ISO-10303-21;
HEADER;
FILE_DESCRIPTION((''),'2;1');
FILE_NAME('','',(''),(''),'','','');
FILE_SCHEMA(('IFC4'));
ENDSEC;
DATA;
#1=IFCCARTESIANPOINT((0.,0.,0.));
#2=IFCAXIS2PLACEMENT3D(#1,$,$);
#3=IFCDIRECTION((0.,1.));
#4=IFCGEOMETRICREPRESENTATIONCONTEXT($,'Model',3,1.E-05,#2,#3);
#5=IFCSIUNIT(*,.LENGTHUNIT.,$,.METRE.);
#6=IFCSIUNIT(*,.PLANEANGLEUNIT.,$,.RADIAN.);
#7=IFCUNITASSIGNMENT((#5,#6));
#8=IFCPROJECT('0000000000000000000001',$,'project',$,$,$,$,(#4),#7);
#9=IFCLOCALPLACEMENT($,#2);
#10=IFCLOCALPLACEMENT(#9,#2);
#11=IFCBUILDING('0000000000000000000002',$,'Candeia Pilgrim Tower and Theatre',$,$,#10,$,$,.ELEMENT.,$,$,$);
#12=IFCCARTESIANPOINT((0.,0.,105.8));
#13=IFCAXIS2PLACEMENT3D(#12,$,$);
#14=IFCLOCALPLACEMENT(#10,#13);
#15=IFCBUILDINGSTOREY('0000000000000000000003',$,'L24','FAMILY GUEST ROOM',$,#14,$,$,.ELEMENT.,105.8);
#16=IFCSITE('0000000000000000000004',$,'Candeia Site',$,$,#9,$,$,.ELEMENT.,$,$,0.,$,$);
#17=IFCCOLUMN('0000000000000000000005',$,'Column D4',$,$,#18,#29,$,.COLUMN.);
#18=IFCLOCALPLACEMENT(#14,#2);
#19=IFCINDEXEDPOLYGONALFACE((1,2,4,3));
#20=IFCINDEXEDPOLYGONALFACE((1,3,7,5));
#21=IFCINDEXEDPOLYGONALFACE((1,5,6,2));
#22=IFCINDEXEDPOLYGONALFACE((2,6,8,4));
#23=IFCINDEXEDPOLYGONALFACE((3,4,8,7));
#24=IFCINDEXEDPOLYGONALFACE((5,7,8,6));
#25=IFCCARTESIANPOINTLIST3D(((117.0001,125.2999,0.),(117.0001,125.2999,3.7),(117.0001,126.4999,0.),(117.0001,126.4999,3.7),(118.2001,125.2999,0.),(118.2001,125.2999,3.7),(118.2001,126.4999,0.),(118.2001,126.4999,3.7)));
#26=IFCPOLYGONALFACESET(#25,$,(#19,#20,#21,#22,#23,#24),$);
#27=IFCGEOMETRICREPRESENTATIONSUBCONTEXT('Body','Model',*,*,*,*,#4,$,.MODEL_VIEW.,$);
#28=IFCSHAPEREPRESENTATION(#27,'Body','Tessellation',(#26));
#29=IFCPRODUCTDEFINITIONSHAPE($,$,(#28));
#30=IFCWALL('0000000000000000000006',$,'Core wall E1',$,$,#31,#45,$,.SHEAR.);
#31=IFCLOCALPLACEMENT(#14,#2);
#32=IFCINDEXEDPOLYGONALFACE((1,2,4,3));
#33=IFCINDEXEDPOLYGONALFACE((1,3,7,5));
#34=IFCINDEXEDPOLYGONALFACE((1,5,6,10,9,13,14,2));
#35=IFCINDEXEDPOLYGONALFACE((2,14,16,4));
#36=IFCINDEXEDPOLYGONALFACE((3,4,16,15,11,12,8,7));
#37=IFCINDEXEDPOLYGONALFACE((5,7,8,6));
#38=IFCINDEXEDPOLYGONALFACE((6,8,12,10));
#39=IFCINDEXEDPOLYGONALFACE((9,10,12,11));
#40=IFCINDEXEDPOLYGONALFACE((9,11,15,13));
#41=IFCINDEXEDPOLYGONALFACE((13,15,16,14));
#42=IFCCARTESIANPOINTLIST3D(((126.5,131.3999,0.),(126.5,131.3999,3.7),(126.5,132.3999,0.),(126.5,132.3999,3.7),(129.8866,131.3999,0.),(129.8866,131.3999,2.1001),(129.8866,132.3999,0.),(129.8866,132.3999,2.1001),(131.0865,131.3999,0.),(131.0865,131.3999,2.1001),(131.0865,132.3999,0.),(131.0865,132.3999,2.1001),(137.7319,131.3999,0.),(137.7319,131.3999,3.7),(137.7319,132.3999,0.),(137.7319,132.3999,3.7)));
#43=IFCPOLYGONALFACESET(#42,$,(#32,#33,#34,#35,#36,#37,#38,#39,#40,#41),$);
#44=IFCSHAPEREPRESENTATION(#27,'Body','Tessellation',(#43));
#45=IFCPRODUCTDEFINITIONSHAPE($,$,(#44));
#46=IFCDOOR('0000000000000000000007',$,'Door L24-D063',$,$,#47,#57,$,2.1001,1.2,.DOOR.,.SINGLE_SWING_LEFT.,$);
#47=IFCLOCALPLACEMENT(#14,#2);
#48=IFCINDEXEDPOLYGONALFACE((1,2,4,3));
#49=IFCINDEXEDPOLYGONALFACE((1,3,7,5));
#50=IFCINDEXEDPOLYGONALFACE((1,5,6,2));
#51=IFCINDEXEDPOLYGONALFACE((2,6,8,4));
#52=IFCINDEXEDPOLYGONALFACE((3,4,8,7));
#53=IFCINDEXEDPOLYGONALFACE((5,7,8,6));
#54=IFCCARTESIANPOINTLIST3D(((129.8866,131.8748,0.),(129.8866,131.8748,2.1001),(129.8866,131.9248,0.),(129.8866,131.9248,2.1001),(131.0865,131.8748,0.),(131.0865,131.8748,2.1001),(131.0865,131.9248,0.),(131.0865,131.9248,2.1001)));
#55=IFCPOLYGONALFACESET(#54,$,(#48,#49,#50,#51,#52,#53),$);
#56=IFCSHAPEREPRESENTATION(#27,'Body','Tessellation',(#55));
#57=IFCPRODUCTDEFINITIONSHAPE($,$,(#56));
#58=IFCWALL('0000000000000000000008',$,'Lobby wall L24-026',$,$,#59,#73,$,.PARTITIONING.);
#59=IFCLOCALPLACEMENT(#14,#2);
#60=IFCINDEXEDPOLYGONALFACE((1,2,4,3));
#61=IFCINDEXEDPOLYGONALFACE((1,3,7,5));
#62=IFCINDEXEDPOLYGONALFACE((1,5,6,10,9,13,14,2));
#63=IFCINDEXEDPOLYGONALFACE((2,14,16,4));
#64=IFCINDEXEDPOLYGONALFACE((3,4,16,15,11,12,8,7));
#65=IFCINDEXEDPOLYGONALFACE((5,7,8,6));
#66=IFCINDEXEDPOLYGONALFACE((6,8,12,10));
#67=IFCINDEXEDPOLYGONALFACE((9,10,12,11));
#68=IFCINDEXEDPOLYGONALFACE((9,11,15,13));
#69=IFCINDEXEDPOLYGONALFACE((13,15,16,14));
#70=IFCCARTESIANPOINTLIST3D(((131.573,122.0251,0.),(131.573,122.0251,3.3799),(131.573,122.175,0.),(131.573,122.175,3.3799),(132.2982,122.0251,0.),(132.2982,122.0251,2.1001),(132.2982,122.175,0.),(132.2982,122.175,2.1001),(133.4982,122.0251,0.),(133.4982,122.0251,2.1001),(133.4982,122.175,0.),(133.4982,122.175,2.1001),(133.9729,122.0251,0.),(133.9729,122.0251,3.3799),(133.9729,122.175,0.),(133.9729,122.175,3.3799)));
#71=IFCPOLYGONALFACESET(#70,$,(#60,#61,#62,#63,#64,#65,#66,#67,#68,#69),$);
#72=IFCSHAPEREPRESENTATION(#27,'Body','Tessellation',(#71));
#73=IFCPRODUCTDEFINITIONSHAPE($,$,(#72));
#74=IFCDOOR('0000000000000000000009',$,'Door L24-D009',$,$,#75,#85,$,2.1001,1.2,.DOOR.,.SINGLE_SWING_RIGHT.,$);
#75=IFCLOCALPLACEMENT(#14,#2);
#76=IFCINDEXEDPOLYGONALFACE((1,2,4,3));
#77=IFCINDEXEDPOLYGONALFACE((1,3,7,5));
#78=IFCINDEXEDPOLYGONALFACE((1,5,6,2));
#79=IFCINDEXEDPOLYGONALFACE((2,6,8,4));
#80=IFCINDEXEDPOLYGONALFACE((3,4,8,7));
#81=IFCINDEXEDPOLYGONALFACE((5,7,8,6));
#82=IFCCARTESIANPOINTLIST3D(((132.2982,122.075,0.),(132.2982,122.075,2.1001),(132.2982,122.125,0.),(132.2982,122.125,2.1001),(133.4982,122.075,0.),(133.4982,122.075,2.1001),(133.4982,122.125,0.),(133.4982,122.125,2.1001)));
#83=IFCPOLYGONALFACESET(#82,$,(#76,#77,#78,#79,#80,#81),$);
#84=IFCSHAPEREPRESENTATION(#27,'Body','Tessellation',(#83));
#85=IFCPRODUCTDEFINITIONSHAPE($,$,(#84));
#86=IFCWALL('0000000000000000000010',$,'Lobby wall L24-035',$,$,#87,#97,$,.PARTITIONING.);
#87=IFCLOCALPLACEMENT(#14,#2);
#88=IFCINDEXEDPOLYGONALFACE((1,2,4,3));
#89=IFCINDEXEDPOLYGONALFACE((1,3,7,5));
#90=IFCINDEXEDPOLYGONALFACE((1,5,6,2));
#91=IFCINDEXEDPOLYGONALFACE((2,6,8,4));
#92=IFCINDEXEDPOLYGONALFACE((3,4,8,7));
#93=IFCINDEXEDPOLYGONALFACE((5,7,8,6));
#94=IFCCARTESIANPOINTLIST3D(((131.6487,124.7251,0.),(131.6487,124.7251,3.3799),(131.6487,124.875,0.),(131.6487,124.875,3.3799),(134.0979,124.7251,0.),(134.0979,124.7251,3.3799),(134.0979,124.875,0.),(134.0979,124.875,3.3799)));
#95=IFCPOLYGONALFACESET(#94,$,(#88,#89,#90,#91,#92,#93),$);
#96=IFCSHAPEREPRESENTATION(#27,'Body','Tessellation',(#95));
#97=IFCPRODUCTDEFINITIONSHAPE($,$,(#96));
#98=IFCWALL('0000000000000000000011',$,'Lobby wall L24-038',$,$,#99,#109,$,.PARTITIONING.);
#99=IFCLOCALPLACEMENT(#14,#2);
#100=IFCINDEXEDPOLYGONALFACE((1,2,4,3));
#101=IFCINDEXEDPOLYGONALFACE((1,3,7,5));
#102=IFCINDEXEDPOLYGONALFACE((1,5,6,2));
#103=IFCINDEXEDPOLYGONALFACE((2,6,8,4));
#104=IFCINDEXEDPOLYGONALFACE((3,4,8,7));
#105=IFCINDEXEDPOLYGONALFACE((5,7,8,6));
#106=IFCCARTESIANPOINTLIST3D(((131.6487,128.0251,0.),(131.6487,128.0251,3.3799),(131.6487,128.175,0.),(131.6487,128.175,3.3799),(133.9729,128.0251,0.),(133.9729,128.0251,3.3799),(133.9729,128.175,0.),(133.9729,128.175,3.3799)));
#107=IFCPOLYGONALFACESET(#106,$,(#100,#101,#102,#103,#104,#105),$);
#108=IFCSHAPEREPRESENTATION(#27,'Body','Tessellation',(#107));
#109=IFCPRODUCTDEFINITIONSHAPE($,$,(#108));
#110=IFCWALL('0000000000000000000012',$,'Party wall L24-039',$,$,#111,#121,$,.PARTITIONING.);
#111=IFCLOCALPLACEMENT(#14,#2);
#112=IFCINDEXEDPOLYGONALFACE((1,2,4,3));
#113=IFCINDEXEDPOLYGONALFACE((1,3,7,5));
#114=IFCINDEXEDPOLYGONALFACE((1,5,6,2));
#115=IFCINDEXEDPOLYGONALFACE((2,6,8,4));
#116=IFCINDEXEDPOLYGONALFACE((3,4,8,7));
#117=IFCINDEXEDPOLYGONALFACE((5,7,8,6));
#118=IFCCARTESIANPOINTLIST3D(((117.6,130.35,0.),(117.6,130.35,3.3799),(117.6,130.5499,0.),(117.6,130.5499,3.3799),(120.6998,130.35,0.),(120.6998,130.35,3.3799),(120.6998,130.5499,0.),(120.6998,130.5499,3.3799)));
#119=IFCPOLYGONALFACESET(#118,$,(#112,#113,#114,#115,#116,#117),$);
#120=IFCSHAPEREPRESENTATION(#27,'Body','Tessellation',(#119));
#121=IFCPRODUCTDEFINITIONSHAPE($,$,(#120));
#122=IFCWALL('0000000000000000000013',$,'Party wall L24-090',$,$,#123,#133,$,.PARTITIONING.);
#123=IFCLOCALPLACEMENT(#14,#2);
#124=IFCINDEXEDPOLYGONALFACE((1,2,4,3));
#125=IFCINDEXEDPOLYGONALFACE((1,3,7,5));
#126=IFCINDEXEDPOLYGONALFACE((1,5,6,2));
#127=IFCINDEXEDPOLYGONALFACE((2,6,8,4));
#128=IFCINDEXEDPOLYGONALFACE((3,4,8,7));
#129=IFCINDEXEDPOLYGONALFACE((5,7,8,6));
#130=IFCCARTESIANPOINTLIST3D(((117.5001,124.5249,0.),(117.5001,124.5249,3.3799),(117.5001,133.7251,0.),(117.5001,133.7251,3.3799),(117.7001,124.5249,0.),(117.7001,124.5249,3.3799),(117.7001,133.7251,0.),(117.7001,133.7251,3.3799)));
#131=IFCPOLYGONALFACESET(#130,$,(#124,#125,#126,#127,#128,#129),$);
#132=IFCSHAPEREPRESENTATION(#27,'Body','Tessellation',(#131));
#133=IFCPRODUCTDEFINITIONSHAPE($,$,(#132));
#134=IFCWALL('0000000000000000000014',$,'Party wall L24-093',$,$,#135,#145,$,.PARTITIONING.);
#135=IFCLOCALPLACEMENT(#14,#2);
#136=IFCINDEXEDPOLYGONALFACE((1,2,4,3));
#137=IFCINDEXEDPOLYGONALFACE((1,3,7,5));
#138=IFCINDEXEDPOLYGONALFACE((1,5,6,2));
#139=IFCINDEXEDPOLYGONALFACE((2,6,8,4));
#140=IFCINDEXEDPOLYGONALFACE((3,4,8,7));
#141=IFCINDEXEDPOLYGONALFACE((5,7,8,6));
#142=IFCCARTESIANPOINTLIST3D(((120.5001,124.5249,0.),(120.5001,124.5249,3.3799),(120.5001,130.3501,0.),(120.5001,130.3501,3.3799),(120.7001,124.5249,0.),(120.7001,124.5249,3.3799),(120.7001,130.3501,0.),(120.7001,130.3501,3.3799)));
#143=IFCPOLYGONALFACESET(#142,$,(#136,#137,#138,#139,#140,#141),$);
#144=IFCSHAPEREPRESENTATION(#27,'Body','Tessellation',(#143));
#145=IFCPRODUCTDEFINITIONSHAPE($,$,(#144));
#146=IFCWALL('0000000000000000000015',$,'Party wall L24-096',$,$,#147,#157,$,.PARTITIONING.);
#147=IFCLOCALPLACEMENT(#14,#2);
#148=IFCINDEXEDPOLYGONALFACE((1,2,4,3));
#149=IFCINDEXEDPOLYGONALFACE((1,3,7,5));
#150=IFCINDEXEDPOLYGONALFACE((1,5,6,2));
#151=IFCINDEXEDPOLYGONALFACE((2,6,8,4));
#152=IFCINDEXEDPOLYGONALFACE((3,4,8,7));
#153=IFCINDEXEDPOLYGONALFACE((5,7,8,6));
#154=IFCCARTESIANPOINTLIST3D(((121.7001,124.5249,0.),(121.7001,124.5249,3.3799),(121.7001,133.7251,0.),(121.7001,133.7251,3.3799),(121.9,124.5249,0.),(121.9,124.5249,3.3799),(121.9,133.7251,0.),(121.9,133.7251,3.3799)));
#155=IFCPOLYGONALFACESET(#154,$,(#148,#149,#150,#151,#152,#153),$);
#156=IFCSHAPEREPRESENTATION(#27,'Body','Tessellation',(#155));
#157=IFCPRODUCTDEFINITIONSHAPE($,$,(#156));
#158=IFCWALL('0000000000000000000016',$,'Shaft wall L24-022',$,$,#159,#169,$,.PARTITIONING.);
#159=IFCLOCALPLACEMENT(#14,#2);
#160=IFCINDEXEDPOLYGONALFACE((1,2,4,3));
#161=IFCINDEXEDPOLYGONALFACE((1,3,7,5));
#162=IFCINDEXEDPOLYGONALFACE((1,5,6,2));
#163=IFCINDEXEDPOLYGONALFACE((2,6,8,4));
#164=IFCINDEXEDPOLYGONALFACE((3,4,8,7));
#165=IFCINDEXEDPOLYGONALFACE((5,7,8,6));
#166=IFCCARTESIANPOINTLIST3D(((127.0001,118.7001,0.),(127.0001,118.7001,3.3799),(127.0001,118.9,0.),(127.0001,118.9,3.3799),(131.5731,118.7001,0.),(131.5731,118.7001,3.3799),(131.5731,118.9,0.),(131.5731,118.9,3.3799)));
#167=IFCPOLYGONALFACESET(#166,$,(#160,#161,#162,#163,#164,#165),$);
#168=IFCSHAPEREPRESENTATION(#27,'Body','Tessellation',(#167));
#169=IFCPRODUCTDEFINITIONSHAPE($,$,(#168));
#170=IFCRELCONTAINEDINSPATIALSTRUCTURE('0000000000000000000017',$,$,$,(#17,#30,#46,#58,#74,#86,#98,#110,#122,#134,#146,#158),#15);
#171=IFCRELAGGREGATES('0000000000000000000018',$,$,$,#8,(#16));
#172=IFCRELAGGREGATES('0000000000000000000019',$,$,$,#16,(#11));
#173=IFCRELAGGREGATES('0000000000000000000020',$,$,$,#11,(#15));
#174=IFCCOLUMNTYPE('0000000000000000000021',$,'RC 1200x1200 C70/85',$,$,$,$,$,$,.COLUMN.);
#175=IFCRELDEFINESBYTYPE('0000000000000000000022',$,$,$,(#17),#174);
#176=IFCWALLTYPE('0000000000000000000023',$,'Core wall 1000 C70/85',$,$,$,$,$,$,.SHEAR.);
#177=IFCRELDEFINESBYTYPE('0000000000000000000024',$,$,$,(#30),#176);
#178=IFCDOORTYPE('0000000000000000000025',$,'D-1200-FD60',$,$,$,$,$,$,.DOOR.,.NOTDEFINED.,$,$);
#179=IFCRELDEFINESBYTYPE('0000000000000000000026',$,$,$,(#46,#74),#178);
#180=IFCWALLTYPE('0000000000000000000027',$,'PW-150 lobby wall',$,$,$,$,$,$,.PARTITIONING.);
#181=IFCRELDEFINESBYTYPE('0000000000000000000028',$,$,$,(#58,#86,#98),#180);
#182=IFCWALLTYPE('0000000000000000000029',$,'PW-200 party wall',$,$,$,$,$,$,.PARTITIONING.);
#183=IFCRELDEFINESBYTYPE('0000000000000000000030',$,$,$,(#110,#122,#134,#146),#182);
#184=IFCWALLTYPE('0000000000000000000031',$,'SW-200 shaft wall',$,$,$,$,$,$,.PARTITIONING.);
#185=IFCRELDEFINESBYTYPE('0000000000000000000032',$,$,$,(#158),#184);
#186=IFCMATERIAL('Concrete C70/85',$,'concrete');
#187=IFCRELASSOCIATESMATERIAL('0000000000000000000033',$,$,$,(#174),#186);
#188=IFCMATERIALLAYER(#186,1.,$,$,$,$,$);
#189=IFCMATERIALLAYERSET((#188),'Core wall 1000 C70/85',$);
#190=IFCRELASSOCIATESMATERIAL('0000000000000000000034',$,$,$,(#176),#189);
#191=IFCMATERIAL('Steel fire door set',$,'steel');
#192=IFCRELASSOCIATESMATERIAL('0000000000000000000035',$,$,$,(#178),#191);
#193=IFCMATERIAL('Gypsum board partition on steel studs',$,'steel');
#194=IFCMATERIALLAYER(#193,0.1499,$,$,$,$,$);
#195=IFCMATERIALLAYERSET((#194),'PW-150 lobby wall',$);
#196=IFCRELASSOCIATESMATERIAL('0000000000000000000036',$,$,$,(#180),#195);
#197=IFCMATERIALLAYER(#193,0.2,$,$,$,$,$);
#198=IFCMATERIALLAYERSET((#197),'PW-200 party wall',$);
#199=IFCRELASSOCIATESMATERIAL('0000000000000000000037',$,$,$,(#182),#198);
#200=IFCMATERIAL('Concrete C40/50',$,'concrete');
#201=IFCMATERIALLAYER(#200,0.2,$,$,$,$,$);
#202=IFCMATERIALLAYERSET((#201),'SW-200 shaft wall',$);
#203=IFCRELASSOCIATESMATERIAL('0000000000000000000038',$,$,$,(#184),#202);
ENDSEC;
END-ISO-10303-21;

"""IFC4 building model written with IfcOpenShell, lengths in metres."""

from ifc_helpers import new_model, si_unit, direction, frame, frame_2d, origin, origin_2d, place, context, subcontext, project, spatial, rectangle, extrude, material, layer, layer_set, material_profile, profile_set, type_object, element, fill, save


model = new_model("IFC4")

# Units and contexts
model_context = context("Model", 3, precision=1e-05, world=origin(), true_north=direction((0.0, 1.0)))
body_context = subcontext(model_context, "Body", "Model", "MODEL_VIEW")
ifc_project = project(units=[si_unit("LENGTHUNIT", "METRE"), si_unit("PLANEANGLEUNIT", "RADIAN")], contexts=[model_context])

# Site, building, storey
site_placement = place(None, origin())
site = spatial("IfcSite", under=ifc_project, at=site_placement, Name="Candeia Site", CompositionType="ELEMENT", RefElevation=0.0)
building_placement = place(site_placement, origin())
building = spatial("IfcBuilding", under=site, at=building_placement, Name="Candeia Pilgrim Tower and Theatre", CompositionType="ELEMENT")
storey_placement = place(building_placement, frame((0.0, 0.0, 105.8)))
storey = spatial("IfcBuildingStorey", under=building, at=storey_placement, Name="L24", Description="FAMILY GUEST ROOM", CompositionType="ELEMENT", Elevation=105.8)

# Column
ifc_material_1 = material(Name="Concrete C70/85", Category="concrete")
ifc_material_profile = material_profile(ifc_material_1, rectangle(XDim=1.2, YDim=1.2, at=origin_2d()))
ifc_profile_set = profile_set([ifc_material_profile], Name="Concrete C70/85")
column_type = type_object("IfcColumnType", Name="RC 1200x1200 C70/85", PredefinedType="COLUMN", material=ifc_profile_set)
column_placement = place(storey_placement, frame((117.6001, 125.8999, 0.0), z_axis=(0.0, 0.0, 1.0), x_axis=(1.0, 0.0, 0.0)))
element("IfcColumn", 1, at=column_placement, inside=storey, type_object=column_type, Name="Column D4", PredefinedType="COLUMN", context=body_context, shape_type="SweptSolid", body=[
    extrude(rectangle(XDim=1.2, YDim=1.2, at=origin_2d()), origin(), (0.0, 0.0, 1.0), 3.7),
])

# Walls, openings, doors
ifc_layer_1 = layer(ifc_material_1, 1.0)
ifc_layer_set_1 = layer_set([ifc_layer_1], Name="Core wall 1000 C70/85")
wall_type_1 = type_object("IfcWallType", Name="Core wall 1000 C70/85", PredefinedType="SHEAR", material=ifc_layer_set_1)
wall_1_placement = place(storey_placement, frame((126.5, 131.8999, 0.0), z_axis=(0.0, 0.0, 1.0), x_axis=(1.0, 0.0, 0.0)))
wall_1 = element("IfcWall", 2, at=wall_1_placement, inside=storey, type_object=wall_type_1, Name="Core wall E1", PredefinedType="SHEAR", context=body_context, shape_type="SweptSolid", body=[
    extrude(rectangle(XDim=11.2319, YDim=1.0, at=frame_2d((5.616, 0.0))), origin(), (0.0, 0.0, 1.0), 3.7),
])
opening_1_placement = place(wall_1_placement, frame((3.3865, 0.0, 0.0)))
opening_1 = element("IfcOpeningElement", 3, at=opening_1_placement, cuts=wall_1, PredefinedType="OPENING", context=body_context, shape_type="SweptSolid", body=[
    extrude(rectangle(XDim=1.2, YDim=2.1001, at=frame_2d((0.6001, 1.05))), frame((0.0, 0.51, 0.0), z_axis=(0.0, -1.0, 0.0), x_axis=(1.0, 0.0, 0.0)), (0.0, 0.0, 1.0), 1.02),
])
ifc_material_2 = material(Name="Steel fire door set", Category="steel")
door_type_1 = type_object("IfcDoorType", Name="D-1200-FD60", OperationType="NOTDEFINED", PredefinedType="DOOR", material=ifc_material_2)
door_1_placement = place(opening_1_placement, origin())
door_1 = element("IfcDoor", 4, at=door_1_placement, inside=storey, type_object=door_type_1, Name="Door L24-D063", OperationType="SINGLE_SWING_LEFT", OverallHeight=2.1001, OverallWidth=1.2, PredefinedType="DOOR", context=body_context, shape_type="SweptSolid", body=[
    extrude(rectangle(XDim=1.2, YDim=2.1001, at=frame_2d((0.6001, 1.05))), frame((0.0, 0.0249, 0.0), z_axis=(0.0, -1.0, 0.0), x_axis=(1.0, 0.0, 0.0)), (0.0, 0.0, 1.0), 0.05),
])
fill(opening_1, door_1)
ifc_material_3 = material(Name="Gypsum board partition on steel studs", Category="steel")
ifc_layer_2 = layer(ifc_material_3, 0.1499)
ifc_layer_set_2 = layer_set([ifc_layer_2], Name="PW-150 lobby wall")
wall_type_2 = type_object("IfcWallType", Name="PW-150 lobby wall", PredefinedType="PARTITIONING", material=ifc_layer_set_2)
wall_2_placement = place(storey_placement, frame((131.573, 122.1001, 0.0), z_axis=(0.0, 0.0, 1.0), x_axis=(1.0, 0.0, 0.0)))
wall_2 = element("IfcWall", 5, at=wall_2_placement, inside=storey, type_object=wall_type_2, Name="Lobby wall L24-026", PredefinedType="PARTITIONING", context=body_context, shape_type="SweptSolid", body=[
    extrude(rectangle(XDim=2.3999, YDim=0.1499, at=frame_2d((1.2, 0.0))), origin(), (0.0, 0.0, 1.0), 3.3799),
])
opening_2_placement = place(wall_2_placement, frame((0.7251, 0.0, 0.0)))
opening_2 = element("IfcOpeningElement", 6, at=opening_2_placement, cuts=wall_2, PredefinedType="OPENING", context=body_context, shape_type="SweptSolid", body=[
    extrude(rectangle(XDim=1.2, YDim=2.1001, at=frame_2d((0.6001, 1.05))), frame((0.0, 0.085, 0.0), z_axis=(0.0, -1.0, 0.0), x_axis=(1.0, 0.0, 0.0)), (0.0, 0.0, 1.0), 0.1699),
])
door_2_placement = place(opening_2_placement, origin())
door_2 = element("IfcDoor", 7, at=door_2_placement, inside=storey, type_object=door_type_1, Name="Door L24-D009", OperationType="SINGLE_SWING_RIGHT", OverallHeight=2.1001, OverallWidth=1.2, PredefinedType="DOOR", context=body_context, shape_type="SweptSolid", body=[
    extrude(rectangle(XDim=1.2, YDim=2.1001, at=frame_2d((0.6001, 1.05))), frame((0.0, 0.0249, 0.0), z_axis=(0.0, -1.0, 0.0), x_axis=(1.0, 0.0, 0.0)), (0.0, 0.0, 1.0), 0.05),
])
fill(opening_2, door_2)

# Walls
wall_3_placement = place(storey_placement, frame((131.6487, 124.8, 0.0), z_axis=(0.0, 0.0, 1.0), x_axis=(1.0, 0.0, 0.0)))
element("IfcWall", 8, at=wall_3_placement, inside=storey, type_object=wall_type_2, Name="Lobby wall L24-035", PredefinedType="PARTITIONING", context=body_context, shape_type="SweptSolid", body=[
    extrude(rectangle(XDim=2.4492, YDim=0.1499, at=frame_2d((1.2246, 0.0))), origin(), (0.0, 0.0, 1.0), 3.3799),
])
wall_4_placement = place(storey_placement, frame((131.6487, 128.1001, 0.0), z_axis=(0.0, 0.0, 1.0), x_axis=(1.0, 0.0, 0.0)))
element("IfcWall", 9, at=wall_4_placement, inside=storey, type_object=wall_type_2, Name="Lobby wall L24-038", PredefinedType="PARTITIONING", context=body_context, shape_type="SweptSolid", body=[
    extrude(rectangle(XDim=2.3242, YDim=0.1499, at=frame_2d((1.1621, 0.0))), origin(), (0.0, 0.0, 1.0), 3.3799),
])
ifc_layer_3 = layer(ifc_material_3, 0.2)
ifc_layer_set_3 = layer_set([ifc_layer_3], Name="PW-200 party wall")
wall_type_3 = type_object("IfcWallType", Name="PW-200 party wall", PredefinedType="PARTITIONING", material=ifc_layer_set_3)
wall_5_placement = place(storey_placement, frame((117.6001, 130.45, 0.0), z_axis=(0.0, 0.0, 1.0), x_axis=(1.0, 0.0, 0.0)))
element("IfcWall", 10, at=wall_5_placement, inside=storey, type_object=wall_type_3, Name="Party wall L24-039", PredefinedType="PARTITIONING", context=body_context, shape_type="SweptSolid", body=[
    extrude(rectangle(XDim=3.0999, YDim=0.2, at=frame_2d((1.5498, 0.0))), origin(), (0.0, 0.0, 1.0), 3.3799),
])
wall_6_placement = place(storey_placement, frame((117.6001, 124.5249, 0.0), z_axis=(0.0, 0.0, 1.0), x_axis=(0.0, 1.0, 0.0)))
element("IfcWall", 11, at=wall_6_placement, inside=storey, type_object=wall_type_3, Name="Party wall L24-090", PredefinedType="PARTITIONING", context=body_context, shape_type="SweptSolid", body=[
    extrude(rectangle(XDim=9.2002, YDim=0.2, at=frame_2d((4.6001, 0.0))), origin(), (0.0, 0.0, 1.0), 3.3799),
])
wall_7_placement = place(storey_placement, frame((120.6001, 124.5249, 0.0), z_axis=(0.0, 0.0, 1.0), x_axis=(0.0, 1.0, 0.0)))
element("IfcWall", 12, at=wall_7_placement, inside=storey, type_object=wall_type_3, Name="Party wall L24-093", PredefinedType="PARTITIONING", context=body_context, shape_type="SweptSolid", body=[
    extrude(rectangle(XDim=5.8252, YDim=0.2, at=frame_2d((2.9126, 0.0))), origin(), (0.0, 0.0, 1.0), 3.3799),
])
wall_8_placement = place(storey_placement, frame((121.8, 124.5249, 0.0), z_axis=(0.0, 0.0, 1.0), x_axis=(0.0, 1.0, 0.0)))
element("IfcWall", 13, at=wall_8_placement, inside=storey, type_object=wall_type_3, Name="Party wall L24-096", PredefinedType="PARTITIONING", context=body_context, shape_type="SweptSolid", body=[
    extrude(rectangle(XDim=9.2002, YDim=0.2, at=frame_2d((4.6001, 0.0))), origin(), (0.0, 0.0, 1.0), 3.3799),
])
ifc_material_4 = material(Name="Concrete C40/50", Category="concrete")
ifc_layer_4 = layer(ifc_material_4, 0.2)
ifc_layer_set_4 = layer_set([ifc_layer_4], Name="SW-200 shaft wall")
wall_type_4 = type_object("IfcWallType", Name="SW-200 shaft wall", PredefinedType="PARTITIONING", material=ifc_layer_set_4)
wall_9_placement = place(storey_placement, frame((127.0, 118.8, 0.0), z_axis=(0.0, 0.0, 1.0), x_axis=(1.0, 0.0, 0.0)))
element("IfcWall", 14, at=wall_9_placement, inside=storey, type_object=wall_type_4, Name="Shaft wall L24-022", PredefinedType="PARTITIONING", context=body_context, shape_type="SweptSolid", body=[
    extrude(rectangle(XDim=4.573, YDim=0.2, at=frame_2d((2.2866, 0.0))), origin(), (0.0, 0.0, 1.0), 3.3799),
])

save(model, "model.ifc")
